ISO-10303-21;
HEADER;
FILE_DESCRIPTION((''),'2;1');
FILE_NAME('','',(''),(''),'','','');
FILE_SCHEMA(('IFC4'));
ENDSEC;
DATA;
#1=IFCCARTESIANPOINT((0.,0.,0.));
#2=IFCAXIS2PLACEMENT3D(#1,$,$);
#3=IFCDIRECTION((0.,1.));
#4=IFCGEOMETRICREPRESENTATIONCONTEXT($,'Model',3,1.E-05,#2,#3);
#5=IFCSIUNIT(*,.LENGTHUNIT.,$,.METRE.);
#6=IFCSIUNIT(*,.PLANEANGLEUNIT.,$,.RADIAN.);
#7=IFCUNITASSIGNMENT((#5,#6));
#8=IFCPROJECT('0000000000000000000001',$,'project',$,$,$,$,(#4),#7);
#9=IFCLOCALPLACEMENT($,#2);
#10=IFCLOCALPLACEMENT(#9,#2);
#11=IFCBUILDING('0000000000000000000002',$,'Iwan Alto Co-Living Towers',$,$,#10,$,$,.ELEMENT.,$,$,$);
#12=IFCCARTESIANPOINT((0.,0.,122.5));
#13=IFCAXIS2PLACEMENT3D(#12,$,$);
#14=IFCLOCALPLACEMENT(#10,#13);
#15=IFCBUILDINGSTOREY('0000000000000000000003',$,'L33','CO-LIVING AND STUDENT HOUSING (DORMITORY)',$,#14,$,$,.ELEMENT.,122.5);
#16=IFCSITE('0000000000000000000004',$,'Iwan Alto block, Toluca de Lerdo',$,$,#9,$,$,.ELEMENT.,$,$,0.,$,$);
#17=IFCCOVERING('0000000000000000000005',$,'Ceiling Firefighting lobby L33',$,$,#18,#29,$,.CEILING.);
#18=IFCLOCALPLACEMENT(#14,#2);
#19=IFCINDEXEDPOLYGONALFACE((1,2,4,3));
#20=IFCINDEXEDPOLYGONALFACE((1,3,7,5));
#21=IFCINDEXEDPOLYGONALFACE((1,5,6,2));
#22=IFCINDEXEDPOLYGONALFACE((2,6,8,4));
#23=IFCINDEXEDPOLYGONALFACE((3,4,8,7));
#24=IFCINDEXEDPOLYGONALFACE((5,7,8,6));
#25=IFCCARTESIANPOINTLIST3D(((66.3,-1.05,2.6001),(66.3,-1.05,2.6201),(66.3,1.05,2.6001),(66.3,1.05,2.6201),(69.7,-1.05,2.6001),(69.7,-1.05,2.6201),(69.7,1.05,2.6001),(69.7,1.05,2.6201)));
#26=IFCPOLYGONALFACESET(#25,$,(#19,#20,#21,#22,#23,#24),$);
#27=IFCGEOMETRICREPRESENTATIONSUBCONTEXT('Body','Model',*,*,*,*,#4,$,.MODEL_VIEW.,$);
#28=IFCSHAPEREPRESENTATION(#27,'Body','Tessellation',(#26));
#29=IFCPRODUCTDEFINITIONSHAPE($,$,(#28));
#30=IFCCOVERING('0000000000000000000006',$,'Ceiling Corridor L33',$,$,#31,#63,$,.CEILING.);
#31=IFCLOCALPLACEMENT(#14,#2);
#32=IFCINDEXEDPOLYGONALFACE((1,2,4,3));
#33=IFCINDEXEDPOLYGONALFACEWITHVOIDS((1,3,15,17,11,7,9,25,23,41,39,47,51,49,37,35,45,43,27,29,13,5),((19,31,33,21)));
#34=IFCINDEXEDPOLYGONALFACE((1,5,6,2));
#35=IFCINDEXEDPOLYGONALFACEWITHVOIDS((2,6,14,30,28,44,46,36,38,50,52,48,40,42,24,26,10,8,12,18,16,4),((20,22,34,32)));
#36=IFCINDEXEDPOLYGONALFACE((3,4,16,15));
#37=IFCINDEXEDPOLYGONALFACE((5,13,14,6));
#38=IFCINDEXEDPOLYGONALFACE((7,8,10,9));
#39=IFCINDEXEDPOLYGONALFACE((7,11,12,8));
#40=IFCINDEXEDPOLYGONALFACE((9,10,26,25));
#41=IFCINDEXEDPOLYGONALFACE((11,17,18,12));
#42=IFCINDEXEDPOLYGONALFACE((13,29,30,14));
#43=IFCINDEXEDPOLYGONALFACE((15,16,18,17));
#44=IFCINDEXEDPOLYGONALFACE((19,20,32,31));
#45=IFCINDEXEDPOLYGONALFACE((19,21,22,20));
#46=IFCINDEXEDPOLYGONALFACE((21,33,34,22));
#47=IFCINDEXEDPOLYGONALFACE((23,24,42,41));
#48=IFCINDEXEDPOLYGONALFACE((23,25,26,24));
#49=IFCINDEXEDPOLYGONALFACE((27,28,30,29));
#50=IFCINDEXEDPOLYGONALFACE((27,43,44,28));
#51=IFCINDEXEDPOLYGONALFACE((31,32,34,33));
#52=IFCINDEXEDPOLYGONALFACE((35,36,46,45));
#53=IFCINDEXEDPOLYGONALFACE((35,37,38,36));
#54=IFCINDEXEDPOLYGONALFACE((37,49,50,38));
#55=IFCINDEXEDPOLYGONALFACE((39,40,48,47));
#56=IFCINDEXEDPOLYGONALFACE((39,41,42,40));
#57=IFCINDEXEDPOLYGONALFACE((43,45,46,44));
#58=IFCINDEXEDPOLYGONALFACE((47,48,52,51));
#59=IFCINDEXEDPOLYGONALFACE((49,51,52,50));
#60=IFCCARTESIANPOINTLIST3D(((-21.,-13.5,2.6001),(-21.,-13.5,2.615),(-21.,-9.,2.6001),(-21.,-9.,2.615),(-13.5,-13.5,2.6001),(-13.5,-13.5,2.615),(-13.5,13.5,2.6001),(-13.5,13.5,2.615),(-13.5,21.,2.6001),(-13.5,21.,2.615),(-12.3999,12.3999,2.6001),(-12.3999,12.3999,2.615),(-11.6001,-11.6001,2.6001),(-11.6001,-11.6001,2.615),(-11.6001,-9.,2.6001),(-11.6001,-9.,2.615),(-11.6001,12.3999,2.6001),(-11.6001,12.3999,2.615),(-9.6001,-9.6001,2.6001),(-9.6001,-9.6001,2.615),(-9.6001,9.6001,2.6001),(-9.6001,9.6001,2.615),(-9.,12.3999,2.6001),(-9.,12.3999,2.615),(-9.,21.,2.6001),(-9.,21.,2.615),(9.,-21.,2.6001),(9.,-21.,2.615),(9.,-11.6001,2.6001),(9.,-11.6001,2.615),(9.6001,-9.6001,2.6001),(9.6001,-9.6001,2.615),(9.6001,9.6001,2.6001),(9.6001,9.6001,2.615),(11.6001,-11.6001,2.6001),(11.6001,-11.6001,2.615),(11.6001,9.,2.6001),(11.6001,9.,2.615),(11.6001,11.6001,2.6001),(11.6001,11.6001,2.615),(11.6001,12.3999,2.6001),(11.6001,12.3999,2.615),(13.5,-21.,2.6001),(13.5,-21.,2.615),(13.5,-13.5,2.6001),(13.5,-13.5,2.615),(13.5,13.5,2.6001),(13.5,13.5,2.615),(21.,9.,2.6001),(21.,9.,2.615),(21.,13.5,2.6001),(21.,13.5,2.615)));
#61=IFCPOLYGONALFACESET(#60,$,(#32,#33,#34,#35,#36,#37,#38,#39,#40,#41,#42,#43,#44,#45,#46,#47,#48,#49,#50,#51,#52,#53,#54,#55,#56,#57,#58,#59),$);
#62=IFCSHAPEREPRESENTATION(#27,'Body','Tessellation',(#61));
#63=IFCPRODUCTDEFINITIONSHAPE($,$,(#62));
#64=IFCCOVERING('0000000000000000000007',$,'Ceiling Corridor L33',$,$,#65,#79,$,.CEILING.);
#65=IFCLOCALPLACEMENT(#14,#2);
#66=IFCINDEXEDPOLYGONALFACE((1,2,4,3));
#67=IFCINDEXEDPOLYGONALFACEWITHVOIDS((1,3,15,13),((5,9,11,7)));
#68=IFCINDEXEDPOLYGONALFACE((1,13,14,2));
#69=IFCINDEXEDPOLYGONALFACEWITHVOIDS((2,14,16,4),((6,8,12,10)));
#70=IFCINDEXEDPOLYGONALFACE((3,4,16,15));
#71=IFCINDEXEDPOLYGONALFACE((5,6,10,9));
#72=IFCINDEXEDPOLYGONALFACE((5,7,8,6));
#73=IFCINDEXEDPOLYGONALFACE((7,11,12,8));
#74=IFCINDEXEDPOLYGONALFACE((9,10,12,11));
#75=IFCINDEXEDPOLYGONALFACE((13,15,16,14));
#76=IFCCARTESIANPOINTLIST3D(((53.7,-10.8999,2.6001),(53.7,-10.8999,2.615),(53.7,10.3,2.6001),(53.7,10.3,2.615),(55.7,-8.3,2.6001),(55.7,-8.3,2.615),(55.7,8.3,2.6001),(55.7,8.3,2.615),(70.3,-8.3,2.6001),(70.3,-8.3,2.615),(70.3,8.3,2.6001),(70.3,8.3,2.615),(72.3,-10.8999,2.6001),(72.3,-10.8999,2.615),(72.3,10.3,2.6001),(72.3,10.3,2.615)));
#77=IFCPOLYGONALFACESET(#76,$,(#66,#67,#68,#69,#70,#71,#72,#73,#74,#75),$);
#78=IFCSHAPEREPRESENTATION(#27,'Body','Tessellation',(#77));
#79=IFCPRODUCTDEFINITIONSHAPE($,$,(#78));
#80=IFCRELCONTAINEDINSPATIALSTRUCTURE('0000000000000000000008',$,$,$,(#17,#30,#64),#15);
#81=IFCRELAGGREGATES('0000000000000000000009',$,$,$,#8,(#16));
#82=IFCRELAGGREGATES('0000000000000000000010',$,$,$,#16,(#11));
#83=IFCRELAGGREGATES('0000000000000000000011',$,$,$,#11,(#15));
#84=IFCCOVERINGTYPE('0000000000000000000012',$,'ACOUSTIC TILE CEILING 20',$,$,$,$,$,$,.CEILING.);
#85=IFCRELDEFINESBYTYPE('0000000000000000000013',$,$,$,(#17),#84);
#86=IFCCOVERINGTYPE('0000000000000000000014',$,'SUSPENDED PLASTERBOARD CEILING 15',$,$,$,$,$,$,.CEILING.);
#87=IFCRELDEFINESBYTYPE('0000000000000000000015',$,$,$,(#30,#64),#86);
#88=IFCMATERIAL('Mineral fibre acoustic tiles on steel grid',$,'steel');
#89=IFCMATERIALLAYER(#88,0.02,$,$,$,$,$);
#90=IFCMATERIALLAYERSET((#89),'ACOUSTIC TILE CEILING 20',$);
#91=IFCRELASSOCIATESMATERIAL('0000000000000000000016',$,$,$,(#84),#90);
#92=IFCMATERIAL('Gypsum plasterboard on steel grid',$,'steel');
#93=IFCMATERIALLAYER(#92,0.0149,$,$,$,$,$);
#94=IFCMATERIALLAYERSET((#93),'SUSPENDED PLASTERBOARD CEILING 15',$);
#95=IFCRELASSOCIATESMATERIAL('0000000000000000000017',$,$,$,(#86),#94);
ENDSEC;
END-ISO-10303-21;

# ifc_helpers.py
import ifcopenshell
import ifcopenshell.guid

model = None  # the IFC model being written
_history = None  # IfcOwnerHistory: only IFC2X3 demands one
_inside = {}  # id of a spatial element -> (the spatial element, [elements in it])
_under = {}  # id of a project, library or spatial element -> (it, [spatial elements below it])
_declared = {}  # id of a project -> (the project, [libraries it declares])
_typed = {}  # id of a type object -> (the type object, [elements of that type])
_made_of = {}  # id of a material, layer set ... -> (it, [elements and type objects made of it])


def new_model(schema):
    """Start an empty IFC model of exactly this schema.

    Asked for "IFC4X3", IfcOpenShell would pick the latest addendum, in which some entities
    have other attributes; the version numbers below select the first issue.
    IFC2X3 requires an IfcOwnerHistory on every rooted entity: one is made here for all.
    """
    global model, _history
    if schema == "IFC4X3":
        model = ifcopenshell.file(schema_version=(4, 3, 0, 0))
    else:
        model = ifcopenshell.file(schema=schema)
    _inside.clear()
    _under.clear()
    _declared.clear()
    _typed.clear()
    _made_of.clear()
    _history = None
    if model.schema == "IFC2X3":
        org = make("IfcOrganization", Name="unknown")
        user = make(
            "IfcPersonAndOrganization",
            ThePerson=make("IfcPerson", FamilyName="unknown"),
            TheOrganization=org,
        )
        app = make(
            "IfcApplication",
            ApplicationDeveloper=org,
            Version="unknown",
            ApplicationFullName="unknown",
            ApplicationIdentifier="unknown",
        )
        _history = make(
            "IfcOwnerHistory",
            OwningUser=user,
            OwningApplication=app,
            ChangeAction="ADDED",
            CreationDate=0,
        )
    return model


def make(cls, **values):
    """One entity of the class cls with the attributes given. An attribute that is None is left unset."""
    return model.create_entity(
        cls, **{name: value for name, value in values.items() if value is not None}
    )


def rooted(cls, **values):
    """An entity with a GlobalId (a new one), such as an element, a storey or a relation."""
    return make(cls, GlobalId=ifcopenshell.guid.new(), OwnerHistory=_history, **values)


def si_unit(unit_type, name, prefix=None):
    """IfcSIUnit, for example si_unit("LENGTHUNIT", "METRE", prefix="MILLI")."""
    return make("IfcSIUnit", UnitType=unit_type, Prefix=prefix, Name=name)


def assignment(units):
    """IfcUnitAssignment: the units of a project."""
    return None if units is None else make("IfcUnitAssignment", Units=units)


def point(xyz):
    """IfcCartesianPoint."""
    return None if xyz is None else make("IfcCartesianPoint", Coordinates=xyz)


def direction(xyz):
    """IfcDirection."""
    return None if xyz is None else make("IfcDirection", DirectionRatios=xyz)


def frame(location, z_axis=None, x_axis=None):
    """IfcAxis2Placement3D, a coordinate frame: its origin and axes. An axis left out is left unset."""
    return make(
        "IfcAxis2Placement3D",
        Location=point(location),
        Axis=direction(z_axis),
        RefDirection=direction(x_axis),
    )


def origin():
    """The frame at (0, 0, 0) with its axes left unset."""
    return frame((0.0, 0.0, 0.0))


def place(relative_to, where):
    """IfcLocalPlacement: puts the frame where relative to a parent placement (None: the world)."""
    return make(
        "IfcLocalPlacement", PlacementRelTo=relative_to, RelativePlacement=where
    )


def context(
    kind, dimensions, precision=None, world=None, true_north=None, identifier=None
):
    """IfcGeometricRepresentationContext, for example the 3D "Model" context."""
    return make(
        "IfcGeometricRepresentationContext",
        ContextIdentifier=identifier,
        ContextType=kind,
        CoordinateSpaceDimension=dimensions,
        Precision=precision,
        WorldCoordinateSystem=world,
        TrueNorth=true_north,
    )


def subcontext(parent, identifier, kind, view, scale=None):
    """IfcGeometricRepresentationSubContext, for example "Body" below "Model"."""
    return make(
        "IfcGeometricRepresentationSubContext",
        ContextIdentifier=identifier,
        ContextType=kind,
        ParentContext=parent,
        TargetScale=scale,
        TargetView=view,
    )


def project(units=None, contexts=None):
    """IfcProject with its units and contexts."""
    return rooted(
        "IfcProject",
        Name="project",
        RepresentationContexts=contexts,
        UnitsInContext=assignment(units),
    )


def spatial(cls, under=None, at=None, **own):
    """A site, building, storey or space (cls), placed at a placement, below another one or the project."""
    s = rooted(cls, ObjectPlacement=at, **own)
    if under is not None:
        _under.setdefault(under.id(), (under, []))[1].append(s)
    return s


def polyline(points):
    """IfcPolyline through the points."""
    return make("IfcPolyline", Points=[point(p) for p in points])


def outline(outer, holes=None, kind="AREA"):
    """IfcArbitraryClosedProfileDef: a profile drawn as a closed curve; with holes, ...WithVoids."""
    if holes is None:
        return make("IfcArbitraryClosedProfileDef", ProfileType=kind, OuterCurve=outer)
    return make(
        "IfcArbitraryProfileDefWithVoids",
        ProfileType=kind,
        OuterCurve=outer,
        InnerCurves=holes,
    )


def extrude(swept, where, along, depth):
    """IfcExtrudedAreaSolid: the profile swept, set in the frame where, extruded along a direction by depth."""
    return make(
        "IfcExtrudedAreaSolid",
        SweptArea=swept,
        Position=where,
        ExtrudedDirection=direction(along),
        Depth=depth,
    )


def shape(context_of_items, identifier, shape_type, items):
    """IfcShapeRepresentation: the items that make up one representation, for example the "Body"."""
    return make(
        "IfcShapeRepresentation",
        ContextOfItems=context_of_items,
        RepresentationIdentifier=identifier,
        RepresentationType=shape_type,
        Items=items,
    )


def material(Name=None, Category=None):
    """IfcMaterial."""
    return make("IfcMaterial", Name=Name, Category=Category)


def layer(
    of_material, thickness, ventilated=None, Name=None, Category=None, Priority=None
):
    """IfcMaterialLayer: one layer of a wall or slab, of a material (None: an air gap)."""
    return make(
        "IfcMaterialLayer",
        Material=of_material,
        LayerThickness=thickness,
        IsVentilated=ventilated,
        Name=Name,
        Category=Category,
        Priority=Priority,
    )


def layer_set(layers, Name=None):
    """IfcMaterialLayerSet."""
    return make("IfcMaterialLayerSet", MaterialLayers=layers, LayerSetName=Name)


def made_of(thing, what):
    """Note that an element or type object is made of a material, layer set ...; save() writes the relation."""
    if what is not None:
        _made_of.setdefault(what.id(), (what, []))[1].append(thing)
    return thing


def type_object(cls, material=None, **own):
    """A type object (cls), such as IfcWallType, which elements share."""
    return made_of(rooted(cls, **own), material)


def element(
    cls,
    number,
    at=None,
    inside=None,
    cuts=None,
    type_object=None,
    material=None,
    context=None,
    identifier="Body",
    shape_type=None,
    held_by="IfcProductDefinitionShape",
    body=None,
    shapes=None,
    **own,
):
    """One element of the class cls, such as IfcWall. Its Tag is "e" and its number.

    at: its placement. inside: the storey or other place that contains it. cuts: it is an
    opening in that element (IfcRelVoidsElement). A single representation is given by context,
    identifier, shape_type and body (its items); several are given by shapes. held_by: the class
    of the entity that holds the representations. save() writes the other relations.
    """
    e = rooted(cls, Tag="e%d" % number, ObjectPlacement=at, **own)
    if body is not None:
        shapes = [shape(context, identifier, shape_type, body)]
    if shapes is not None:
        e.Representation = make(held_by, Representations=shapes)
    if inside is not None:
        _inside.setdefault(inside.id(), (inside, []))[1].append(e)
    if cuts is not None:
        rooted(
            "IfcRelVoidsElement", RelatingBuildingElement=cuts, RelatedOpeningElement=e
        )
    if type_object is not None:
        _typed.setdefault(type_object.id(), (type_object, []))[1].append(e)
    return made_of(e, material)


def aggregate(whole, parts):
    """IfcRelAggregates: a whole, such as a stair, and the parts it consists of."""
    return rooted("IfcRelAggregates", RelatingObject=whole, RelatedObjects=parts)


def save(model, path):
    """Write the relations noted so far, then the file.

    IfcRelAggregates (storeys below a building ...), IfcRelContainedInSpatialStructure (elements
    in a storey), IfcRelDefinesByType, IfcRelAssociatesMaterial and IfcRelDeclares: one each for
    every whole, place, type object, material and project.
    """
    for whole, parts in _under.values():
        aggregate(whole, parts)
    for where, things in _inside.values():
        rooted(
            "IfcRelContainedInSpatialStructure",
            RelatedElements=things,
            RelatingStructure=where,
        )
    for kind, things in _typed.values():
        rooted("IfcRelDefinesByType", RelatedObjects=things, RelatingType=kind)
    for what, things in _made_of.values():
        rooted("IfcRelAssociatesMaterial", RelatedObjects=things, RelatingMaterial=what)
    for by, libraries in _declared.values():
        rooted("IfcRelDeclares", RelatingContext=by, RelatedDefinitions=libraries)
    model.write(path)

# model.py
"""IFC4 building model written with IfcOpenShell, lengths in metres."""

from ifc_helpers import new_model, si_unit, direction, frame, origin, place, context, subcontext, project, spatial, polyline, outline, extrude, material, layer, layer_set, type_object, element, save


model = new_model("IFC4")

# Units and contexts
model_context = context("Model", 3, precision=1e-05, world=origin(), true_north=direction((0.0, 1.0)))
body_context = subcontext(model_context, "Body", "Model", "MODEL_VIEW")
ifc_project = project(units=[si_unit("LENGTHUNIT", "METRE"), si_unit("PLANEANGLEUNIT", "RADIAN")], contexts=[model_context])

# Site, building, storey
site_placement = place(None, origin())
site = spatial("IfcSite", under=ifc_project, at=site_placement, Name="Iwan Alto block, Toluca de Lerdo", CompositionType="ELEMENT", RefElevation=0.0)
building_placement = place(site_placement, origin())
building = spatial("IfcBuilding", under=site, at=building_placement, Name="Iwan Alto Co-Living Towers", CompositionType="ELEMENT")
storey_placement = place(building_placement, frame((0.0, 0.0, 122.5)))
storey = spatial("IfcBuildingStorey", under=building, at=storey_placement, Name="L33", Description="CO-LIVING AND STUDENT HOUSING (DORMITORY)", CompositionType="ELEMENT", Elevation=122.5)

# Coverings
ifc_material_1 = material(Name="Mineral fibre acoustic tiles on steel grid", Category="steel")
ifc_layer_1 = layer(ifc_material_1, 0.02)
ifc_layer_set_1 = layer_set([ifc_layer_1], Name="ACOUSTIC TILE CEILING 20")
covering_type_1 = type_object("IfcCoveringType", Name="ACOUSTIC TILE CEILING 20", PredefinedType="CEILING", material=ifc_layer_set_1)
covering_1_placement = place(storey_placement, frame((0.0, 0.0, 2.6001)))
element("IfcCovering", 1, at=covering_1_placement, inside=storey, type_object=covering_type_1, Name="Ceiling Firefighting lobby L33", PredefinedType="CEILING", context=body_context, shape_type="SweptSolid", body=[
    extrude(outline(polyline([(66.3, -1.05), (66.3, 1.05), (69.7, 1.05), (69.7, -1.05), (66.3, -1.05)])), origin(), (0.0, 0.0, 1.0), 0.02),
])
ifc_material_2 = material(Name="Gypsum plasterboard on steel grid", Category="steel")
ifc_layer_2 = layer(ifc_material_2, 0.0149)
ifc_layer_set_2 = layer_set([ifc_layer_2], Name="SUSPENDED PLASTERBOARD CEILING 15")
covering_type_2 = type_object("IfcCoveringType", Name="SUSPENDED PLASTERBOARD CEILING 15", PredefinedType="CEILING", material=ifc_layer_set_2)
covering_2_placement = place(storey_placement, frame((0.0, 0.0, 2.6001)))
element("IfcCovering", 2, at=covering_2_placement, inside=storey, type_object=covering_type_2, Name="Ceiling Corridor L33", PredefinedType="CEILING", context=body_context, shape_type="SweptSolid", body=[
    extrude(outline(polyline([(13.5, -21.0), (9.0, -21.0), (9.0, -11.6001), (-11.6001, -11.6001), (-13.5, -13.5), (-21.0, -13.5), (-21.0, -9.0), (-11.6001, -9.0), (-11.6001, 12.3999), (-12.3999, 12.3999), (-13.5, 13.5), (-13.5, 21.0), (-9.0, 21.0), (-9.0, 12.3999), (11.6001, 12.3999), (11.6001, 11.6001), (13.5, 13.5), (21.0, 13.5), (21.0, 9.0), (11.6001, 9.0), (11.6001, -11.6001), (13.5, -13.5), (13.5, -21.0)]), holes=[polyline([(9.6001, -9.6001), (9.6001, 9.6001), (-9.6001, 9.6001), (-9.6001, -9.6001), (9.6001, -9.6001)])]), origin(), (0.0, 0.0, 1.0), 0.0149),
])
covering_3_placement = place(storey_placement, frame((0.0, 0.0, 2.6001)))
element("IfcCovering", 3, at=covering_3_placement, inside=storey, type_object=covering_type_2, Name="Ceiling Corridor L33", PredefinedType="CEILING", context=body_context, shape_type="SweptSolid", body=[
    extrude(outline(polyline([(53.7, 10.3), (72.3, 10.3), (72.3, -10.8999), (53.7, -10.8999), (53.7, 10.3)]), holes=[polyline([(55.7, 8.3), (55.7, -8.3), (70.3, -8.3), (70.3, 8.3), (55.7, 8.3)])]), origin(), (0.0, 0.0, 1.0), 0.0149),
])

save(model, "model.ifc")
